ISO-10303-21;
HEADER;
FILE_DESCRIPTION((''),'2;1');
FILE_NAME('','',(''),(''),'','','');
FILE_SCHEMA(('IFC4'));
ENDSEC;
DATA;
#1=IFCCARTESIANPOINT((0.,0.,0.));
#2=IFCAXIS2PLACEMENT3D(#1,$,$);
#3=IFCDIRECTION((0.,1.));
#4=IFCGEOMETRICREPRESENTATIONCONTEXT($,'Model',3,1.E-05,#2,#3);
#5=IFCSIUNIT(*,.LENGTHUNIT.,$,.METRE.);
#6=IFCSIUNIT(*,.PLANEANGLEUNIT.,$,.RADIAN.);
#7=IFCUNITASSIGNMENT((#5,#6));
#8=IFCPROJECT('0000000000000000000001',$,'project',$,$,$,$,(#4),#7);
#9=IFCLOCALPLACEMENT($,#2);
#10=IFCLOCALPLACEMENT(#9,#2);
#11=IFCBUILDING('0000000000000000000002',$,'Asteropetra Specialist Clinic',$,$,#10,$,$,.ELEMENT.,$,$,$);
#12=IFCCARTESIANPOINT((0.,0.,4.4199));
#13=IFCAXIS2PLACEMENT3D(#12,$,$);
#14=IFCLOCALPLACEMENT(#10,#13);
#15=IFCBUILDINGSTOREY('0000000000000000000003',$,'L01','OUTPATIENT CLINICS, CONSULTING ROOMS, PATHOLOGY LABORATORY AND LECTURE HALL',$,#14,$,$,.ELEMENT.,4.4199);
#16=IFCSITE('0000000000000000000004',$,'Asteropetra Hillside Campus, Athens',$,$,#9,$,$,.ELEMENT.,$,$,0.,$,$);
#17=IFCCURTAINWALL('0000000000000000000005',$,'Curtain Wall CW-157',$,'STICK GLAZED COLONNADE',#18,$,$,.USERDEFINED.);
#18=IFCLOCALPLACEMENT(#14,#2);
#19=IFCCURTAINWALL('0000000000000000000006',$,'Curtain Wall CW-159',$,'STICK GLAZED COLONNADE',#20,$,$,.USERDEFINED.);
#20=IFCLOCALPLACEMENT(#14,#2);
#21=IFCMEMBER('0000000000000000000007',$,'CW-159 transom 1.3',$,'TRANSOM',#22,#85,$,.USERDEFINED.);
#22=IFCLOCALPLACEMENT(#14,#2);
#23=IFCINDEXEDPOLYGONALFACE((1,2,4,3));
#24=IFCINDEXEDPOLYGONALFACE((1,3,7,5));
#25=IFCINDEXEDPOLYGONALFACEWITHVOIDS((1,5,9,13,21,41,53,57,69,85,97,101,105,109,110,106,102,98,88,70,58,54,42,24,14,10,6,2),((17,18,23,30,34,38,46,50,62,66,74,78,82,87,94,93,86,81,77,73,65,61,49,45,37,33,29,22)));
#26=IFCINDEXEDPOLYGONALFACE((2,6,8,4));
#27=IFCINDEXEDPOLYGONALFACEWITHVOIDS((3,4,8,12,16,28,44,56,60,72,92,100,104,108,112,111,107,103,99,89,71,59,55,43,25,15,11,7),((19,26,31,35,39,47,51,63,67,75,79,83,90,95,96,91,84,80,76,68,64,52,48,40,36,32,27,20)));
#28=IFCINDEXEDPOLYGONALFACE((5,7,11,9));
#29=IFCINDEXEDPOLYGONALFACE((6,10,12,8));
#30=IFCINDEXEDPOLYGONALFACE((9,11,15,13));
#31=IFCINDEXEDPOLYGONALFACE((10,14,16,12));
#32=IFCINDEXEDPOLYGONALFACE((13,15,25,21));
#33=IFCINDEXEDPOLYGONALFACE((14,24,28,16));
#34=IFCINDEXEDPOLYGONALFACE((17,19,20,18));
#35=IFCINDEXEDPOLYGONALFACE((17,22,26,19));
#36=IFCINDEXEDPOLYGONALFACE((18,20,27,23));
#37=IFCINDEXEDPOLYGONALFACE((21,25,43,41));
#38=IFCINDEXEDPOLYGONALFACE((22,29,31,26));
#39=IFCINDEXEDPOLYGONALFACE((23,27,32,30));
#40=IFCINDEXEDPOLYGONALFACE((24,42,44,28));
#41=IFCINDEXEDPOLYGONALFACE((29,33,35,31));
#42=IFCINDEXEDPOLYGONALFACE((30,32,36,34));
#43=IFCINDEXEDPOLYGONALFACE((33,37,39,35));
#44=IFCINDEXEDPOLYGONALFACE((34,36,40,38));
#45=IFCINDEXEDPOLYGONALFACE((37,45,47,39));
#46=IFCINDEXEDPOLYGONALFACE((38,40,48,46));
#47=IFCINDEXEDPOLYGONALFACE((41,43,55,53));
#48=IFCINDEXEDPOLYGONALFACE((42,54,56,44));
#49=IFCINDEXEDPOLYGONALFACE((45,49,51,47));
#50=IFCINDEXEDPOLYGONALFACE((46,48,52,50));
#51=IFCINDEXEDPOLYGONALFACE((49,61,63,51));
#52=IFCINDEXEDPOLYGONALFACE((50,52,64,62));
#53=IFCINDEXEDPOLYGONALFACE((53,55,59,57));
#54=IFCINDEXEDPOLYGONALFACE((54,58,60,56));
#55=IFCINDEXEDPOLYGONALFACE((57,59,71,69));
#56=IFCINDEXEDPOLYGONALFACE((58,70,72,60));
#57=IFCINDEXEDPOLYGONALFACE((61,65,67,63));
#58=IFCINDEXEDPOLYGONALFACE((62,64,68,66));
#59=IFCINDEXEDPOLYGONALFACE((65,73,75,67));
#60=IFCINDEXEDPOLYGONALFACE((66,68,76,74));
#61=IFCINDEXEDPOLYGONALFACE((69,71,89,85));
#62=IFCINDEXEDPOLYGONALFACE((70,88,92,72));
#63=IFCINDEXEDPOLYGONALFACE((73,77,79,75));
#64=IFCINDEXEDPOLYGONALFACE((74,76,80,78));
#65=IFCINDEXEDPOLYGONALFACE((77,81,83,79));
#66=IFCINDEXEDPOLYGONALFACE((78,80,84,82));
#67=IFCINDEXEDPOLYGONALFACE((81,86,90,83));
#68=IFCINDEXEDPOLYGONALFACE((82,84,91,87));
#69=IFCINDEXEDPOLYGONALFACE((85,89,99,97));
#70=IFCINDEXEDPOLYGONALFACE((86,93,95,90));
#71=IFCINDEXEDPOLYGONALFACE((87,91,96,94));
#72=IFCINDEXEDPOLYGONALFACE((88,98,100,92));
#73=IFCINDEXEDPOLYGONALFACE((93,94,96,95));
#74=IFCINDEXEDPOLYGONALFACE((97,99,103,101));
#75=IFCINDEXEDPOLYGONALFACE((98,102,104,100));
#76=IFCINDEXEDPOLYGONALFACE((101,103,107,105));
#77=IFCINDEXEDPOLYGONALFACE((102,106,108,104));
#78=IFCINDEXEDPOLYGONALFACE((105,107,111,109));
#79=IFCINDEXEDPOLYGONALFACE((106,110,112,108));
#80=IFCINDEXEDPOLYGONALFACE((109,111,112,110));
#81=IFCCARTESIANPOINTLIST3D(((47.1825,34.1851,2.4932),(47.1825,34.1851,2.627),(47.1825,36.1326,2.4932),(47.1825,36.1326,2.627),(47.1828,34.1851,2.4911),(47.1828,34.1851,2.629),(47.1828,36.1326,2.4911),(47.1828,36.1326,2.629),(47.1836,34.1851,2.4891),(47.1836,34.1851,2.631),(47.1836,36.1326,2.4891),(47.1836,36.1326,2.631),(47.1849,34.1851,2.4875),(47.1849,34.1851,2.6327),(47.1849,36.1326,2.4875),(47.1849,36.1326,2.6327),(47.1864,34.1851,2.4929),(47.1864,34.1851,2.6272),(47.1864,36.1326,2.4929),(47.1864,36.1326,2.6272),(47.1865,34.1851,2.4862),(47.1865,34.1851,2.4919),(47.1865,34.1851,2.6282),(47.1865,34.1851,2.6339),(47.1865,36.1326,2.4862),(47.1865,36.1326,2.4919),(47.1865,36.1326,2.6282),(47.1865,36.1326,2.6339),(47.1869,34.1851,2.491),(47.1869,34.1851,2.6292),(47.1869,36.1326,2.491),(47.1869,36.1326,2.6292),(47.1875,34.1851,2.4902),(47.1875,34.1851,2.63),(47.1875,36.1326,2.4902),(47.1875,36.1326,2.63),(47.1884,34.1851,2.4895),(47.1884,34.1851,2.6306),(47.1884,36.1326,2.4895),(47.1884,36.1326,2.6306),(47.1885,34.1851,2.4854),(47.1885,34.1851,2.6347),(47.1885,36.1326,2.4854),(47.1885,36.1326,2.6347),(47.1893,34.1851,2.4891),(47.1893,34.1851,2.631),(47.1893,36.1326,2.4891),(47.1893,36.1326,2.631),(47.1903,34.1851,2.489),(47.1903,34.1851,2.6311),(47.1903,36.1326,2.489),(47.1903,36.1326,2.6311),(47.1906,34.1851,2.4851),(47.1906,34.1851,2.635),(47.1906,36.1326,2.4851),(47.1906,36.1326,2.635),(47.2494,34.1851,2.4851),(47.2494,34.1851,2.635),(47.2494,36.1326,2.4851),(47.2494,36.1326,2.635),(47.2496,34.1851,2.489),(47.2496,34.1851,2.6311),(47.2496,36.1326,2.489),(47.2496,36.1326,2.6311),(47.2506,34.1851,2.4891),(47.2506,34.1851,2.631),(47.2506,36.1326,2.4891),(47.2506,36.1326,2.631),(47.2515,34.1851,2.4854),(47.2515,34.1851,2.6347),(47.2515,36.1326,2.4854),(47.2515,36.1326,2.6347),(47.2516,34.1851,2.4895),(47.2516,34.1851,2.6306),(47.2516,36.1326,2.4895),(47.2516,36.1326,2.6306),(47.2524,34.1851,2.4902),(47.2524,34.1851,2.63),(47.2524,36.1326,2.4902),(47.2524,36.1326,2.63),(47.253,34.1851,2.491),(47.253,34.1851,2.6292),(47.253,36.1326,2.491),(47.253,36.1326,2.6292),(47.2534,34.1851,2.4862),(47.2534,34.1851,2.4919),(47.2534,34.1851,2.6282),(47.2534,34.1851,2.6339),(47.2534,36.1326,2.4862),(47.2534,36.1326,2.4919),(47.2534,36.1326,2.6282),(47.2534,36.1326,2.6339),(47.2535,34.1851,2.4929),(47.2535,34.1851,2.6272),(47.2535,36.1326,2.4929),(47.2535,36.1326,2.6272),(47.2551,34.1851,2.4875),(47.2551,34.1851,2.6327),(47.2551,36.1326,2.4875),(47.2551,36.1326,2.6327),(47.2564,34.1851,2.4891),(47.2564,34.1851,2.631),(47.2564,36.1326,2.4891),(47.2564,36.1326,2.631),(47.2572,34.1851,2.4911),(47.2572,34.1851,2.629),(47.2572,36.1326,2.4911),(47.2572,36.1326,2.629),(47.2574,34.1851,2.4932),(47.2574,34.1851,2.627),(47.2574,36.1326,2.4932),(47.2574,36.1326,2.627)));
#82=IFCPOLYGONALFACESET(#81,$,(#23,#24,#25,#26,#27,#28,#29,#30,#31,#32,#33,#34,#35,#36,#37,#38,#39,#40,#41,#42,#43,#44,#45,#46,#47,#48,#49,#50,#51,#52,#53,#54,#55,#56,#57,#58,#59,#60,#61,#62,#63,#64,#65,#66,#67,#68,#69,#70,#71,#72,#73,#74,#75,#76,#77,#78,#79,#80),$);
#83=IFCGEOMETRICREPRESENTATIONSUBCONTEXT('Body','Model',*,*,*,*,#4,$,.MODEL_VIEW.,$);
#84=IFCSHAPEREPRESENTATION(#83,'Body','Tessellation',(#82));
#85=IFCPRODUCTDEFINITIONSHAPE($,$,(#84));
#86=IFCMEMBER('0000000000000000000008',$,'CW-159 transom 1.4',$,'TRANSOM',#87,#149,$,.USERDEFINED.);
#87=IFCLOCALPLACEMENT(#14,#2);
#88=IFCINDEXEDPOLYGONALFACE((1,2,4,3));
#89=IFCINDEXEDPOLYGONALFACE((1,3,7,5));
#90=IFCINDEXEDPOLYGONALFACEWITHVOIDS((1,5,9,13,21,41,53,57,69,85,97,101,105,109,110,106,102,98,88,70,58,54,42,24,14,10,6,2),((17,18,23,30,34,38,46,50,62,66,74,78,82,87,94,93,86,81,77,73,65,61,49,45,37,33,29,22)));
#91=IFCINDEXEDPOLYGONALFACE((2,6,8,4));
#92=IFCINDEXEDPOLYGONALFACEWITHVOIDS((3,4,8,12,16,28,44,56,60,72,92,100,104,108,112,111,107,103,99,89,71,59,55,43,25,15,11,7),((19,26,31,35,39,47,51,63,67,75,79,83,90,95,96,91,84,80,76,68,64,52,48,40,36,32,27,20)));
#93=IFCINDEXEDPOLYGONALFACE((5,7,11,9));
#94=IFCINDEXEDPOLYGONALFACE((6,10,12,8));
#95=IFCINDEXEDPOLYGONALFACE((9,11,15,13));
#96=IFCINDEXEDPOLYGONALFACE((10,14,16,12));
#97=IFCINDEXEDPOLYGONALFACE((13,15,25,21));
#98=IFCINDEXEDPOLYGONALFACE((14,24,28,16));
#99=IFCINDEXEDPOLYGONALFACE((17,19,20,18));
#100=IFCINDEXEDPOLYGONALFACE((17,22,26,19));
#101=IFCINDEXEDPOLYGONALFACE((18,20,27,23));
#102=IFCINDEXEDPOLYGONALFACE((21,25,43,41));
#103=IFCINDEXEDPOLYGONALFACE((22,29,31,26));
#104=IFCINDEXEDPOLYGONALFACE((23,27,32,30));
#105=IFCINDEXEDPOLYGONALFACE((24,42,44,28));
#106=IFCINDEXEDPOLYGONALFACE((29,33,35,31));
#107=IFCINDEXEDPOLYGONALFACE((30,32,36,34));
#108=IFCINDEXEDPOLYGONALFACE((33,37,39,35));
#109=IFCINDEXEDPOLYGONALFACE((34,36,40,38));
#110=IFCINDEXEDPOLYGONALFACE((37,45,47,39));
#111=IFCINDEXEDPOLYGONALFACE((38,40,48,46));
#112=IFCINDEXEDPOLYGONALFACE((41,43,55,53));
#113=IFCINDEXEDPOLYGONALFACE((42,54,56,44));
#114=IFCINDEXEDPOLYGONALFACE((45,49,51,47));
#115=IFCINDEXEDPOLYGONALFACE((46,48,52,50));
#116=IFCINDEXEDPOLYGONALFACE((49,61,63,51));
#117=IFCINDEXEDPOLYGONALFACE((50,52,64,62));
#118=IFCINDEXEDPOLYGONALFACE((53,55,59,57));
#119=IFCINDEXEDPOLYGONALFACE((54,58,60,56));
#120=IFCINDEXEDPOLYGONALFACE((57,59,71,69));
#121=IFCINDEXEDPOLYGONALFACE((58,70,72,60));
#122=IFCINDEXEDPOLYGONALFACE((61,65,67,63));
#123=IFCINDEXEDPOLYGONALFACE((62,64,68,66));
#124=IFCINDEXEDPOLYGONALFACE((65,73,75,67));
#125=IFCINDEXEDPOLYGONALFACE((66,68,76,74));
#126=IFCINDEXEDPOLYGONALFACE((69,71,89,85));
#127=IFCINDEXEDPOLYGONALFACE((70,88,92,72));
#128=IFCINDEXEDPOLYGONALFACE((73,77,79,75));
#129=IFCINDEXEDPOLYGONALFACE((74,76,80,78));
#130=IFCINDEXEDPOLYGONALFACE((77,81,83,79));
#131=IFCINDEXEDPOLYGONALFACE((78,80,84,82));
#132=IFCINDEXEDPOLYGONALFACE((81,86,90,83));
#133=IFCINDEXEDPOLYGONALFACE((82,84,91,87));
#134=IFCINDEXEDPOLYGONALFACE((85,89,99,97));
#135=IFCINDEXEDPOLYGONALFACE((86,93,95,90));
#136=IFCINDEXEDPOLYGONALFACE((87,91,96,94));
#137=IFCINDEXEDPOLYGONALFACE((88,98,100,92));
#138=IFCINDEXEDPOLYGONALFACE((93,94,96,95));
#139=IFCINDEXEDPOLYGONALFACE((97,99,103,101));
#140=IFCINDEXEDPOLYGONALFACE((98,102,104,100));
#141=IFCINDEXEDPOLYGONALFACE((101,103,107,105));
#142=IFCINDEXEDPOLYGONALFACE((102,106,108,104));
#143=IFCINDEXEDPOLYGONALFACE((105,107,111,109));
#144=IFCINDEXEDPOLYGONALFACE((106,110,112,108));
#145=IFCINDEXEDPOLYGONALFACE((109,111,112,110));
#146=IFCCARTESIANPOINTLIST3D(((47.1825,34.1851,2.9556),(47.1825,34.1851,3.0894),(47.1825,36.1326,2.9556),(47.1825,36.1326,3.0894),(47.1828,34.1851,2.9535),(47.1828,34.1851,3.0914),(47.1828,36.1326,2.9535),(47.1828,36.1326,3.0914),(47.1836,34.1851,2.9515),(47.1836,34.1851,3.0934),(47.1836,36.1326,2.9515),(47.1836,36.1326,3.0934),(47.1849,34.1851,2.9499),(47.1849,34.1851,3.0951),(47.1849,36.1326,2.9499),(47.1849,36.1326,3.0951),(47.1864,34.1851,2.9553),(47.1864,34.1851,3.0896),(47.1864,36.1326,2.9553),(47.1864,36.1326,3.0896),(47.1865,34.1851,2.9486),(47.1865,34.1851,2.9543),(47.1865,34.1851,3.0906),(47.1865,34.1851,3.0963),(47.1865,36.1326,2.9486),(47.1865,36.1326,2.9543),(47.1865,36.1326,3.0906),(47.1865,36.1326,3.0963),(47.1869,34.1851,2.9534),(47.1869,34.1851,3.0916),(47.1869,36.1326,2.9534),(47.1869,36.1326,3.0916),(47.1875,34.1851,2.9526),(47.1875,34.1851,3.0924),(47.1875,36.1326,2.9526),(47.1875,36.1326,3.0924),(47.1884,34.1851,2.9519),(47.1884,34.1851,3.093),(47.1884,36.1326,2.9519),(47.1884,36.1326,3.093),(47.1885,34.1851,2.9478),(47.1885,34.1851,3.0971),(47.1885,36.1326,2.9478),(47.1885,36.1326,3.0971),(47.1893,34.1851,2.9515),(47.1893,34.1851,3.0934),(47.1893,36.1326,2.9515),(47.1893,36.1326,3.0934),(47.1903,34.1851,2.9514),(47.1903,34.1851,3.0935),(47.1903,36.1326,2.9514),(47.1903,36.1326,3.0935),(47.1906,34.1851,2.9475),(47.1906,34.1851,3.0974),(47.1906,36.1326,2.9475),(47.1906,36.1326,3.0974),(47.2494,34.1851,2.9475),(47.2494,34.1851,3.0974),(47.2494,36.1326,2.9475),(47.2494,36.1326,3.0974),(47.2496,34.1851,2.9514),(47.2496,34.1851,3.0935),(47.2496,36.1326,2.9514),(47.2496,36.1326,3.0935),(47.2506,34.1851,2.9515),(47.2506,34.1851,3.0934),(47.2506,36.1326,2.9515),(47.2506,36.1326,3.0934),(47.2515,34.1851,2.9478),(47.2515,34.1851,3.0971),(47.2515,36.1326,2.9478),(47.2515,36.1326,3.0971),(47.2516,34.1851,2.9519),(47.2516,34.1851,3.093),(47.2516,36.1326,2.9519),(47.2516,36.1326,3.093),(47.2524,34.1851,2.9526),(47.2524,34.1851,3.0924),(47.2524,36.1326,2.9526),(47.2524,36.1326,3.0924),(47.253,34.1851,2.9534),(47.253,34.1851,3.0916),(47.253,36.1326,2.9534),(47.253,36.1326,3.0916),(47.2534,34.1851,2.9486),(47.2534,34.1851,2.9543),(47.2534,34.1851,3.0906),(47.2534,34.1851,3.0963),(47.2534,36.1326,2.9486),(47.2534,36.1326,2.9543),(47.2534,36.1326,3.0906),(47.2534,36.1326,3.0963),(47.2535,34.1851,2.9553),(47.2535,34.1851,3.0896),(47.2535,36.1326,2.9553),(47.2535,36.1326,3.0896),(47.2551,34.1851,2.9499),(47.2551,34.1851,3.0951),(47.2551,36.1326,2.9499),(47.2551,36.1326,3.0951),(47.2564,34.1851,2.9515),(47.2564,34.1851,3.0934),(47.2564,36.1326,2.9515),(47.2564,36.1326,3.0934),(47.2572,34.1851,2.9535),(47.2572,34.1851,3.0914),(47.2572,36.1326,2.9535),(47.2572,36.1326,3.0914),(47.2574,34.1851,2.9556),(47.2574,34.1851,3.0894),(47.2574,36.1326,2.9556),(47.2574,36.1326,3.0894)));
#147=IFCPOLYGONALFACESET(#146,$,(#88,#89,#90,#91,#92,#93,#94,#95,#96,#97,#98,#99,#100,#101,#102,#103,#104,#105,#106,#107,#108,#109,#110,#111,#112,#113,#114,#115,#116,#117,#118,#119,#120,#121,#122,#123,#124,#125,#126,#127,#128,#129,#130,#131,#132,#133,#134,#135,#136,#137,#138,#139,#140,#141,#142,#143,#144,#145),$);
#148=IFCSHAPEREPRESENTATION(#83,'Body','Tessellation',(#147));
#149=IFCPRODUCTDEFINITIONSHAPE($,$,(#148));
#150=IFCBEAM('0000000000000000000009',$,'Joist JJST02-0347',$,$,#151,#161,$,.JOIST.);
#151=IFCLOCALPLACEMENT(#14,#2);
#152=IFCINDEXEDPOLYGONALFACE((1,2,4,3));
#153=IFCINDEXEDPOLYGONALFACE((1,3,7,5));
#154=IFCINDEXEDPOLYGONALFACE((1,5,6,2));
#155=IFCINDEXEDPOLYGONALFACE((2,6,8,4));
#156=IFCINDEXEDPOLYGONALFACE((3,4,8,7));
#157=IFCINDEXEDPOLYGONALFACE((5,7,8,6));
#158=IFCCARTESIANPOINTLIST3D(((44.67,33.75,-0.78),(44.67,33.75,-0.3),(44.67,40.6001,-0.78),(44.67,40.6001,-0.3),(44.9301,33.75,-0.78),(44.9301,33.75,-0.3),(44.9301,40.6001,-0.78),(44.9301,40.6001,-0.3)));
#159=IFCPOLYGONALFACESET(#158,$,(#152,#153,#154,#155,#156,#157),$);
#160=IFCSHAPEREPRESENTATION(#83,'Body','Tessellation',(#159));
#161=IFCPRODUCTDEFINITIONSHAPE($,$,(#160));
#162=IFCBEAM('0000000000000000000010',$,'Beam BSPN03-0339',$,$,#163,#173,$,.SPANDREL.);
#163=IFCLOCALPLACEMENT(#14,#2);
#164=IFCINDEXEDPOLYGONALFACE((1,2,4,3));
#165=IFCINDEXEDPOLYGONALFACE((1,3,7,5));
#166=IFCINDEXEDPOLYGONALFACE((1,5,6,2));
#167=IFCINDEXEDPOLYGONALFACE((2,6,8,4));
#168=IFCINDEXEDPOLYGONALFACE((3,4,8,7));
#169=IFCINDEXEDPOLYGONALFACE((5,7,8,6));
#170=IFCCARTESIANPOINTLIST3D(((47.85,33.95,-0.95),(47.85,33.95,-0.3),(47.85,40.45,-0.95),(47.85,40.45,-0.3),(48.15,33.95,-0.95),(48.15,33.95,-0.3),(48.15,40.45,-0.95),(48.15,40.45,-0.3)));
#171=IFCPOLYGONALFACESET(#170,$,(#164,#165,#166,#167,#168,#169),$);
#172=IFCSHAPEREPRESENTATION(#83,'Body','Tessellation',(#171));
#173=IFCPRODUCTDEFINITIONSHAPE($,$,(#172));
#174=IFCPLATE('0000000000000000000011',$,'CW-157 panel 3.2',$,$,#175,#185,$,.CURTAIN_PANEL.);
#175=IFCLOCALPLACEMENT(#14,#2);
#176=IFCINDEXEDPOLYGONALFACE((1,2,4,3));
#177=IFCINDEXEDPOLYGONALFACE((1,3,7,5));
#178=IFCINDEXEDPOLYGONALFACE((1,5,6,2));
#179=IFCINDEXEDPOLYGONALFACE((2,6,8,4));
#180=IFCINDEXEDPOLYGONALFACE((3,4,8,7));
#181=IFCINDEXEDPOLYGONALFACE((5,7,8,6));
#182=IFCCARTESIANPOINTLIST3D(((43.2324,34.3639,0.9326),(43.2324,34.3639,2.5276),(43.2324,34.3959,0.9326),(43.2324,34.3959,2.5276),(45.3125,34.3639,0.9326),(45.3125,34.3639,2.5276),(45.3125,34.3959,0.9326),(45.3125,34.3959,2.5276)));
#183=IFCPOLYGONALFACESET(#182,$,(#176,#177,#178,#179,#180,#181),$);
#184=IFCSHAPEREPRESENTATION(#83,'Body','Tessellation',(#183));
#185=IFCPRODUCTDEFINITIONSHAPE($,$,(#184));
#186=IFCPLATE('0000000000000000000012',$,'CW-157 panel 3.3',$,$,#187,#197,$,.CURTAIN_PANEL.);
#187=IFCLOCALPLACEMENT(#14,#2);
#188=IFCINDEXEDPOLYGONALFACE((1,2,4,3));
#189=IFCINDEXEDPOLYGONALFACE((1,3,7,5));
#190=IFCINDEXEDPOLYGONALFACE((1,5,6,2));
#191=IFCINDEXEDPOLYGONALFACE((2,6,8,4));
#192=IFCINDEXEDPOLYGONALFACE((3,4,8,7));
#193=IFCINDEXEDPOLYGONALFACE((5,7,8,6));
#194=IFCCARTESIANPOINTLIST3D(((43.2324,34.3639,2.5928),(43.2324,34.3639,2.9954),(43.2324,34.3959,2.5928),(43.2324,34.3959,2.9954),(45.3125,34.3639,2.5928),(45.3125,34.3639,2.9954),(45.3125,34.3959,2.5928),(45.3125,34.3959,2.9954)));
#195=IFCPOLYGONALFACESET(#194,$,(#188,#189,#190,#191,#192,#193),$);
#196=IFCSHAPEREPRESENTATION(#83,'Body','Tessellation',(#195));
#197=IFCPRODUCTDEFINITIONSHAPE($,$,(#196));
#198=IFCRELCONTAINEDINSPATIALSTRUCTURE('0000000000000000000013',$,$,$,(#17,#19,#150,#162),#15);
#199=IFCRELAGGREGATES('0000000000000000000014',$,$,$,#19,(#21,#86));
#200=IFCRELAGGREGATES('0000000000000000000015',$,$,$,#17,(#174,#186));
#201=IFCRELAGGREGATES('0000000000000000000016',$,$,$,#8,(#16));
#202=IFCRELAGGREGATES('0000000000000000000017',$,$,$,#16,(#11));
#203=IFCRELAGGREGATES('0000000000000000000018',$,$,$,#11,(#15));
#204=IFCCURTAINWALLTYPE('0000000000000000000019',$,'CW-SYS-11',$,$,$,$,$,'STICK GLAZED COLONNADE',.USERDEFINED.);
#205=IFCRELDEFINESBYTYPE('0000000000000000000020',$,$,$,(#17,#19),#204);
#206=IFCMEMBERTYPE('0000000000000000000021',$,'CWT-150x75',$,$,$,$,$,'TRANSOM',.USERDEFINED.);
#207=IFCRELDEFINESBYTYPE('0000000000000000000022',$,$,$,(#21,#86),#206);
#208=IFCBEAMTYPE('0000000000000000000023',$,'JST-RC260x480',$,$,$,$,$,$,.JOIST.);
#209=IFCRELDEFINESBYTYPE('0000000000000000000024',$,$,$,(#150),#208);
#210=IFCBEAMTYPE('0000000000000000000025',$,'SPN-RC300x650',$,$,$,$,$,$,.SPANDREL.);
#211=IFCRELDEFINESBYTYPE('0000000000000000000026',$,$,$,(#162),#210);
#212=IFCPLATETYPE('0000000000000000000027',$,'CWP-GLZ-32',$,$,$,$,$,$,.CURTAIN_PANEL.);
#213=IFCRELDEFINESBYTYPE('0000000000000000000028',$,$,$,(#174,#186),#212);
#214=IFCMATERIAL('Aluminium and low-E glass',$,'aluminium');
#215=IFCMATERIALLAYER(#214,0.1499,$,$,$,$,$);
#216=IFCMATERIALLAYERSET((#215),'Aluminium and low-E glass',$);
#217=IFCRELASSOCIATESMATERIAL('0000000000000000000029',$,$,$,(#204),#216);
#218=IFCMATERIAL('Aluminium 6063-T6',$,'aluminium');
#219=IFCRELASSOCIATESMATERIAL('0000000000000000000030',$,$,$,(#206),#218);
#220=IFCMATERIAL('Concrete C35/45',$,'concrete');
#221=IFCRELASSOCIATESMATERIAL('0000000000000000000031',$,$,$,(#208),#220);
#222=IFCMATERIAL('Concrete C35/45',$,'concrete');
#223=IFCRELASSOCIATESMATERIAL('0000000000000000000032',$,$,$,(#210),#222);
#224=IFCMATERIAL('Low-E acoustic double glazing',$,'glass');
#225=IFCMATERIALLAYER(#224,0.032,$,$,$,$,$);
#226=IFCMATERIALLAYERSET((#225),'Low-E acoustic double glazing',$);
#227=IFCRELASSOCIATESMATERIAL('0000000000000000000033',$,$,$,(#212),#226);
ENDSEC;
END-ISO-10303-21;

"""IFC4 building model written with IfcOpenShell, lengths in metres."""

from ifc_helpers import new_model, si_unit, direction, frame, origin, origin_2d, place, context, subcontext, project, spatial, rectangle, hollow_rectangle, extrude, material, layer, layer_set, material_profile, profile_set, type_object, element, aggregate, save


model = new_model("IFC4")

# Units and contexts
model_context = context("Model", 3, precision=1e-05, world=origin(), true_north=direction((0.0, 1.0)))
body_context = subcontext(model_context, "Body", "Model", "MODEL_VIEW")
ifc_project = project(units=[si_unit("LENGTHUNIT", "METRE"), si_unit("PLANEANGLEUNIT", "RADIAN")], contexts=[model_context])

# Site, building, storey
site_placement = place(None, origin())
site = spatial("IfcSite", under=ifc_project, at=site_placement, Name="Asteropetra Hillside Campus, Athens", CompositionType="ELEMENT", RefElevation=0.0)
building_placement = place(site_placement, origin())
building = spatial("IfcBuilding", under=site, at=building_placement, Name="Asteropetra Specialist Clinic", CompositionType="ELEMENT")
storey_placement = place(building_placement, frame((0.0, 0.0, 4.4199)))
storey = spatial("IfcBuildingStorey", under=building, at=storey_placement, Name="L01", Description="OUTPATIENT CLINICS, CONSULTING ROOMS, PATHOLOGY LABORATORY AND LECTURE HALL", CompositionType="ELEMENT", Elevation=4.4199)

# Curtain walls
ifc_material_1 = material(Name="Aluminium and low-E glass", Category="aluminium")
ifc_layer_1 = layer(ifc_material_1, 0.1499)
ifc_layer_set_1 = layer_set([ifc_layer_1], Name="Aluminium and low-E glass")
curtain_wall_type = type_object("IfcCurtainWallType", Name="CW-SYS-11", ElementType="STICK GLAZED COLONNADE", PredefinedType="USERDEFINED", material=ifc_layer_set_1)
curtain_wall_1_placement = place(storey_placement, origin())
curtain_wall_1 = element("IfcCurtainWall", 1, at=curtain_wall_1_placement, inside=storey, type_object=curtain_wall_type, Name="Curtain Wall CW-157", ObjectType="STICK GLAZED COLONNADE", PredefinedType="USERDEFINED")
curtain_wall_2_placement = place(storey_placement, origin())
curtain_wall_2 = element("IfcCurtainWall", 2, at=curtain_wall_2_placement, inside=storey, type_object=curtain_wall_type, Name="Curtain Wall CW-159", ObjectType="STICK GLAZED COLONNADE", PredefinedType="USERDEFINED")

# Members
ifc_material_2 = material(Name="Aluminium 6063-T6", Category="aluminium")
ifc_material_profile_1 = material_profile(ifc_material_2, hollow_rectangle(XDim=0.075, YDim=0.1499, WallThickness=0.0039, InnerFilletRadius=0.0039, OuterFilletRadius=0.0081, at=origin_2d()), Name="TRN 150x75x4.0")
ifc_profile_set_1 = profile_set([ifc_material_profile_1], Name="Aluminium 6063-T6")
member_type_1 = type_object("IfcMemberType", Name="CWT-150x75", ElementType="TRANSOM", PredefinedType="USERDEFINED", material=ifc_profile_set_1)
member_1_placement = place(storey_placement, frame((47.22, 34.1851, 2.5601), z_axis=(0.0, 1.0, 0.0), x_axis=(-1.0, 0.0, 0.0)))
member_1 = element("IfcMember", 3, at=member_1_placement, type_object=member_type_1, Name="CW-159 transom 1.3", ObjectType="TRANSOM", PredefinedType="USERDEFINED", context=body_context, shape_type="SweptSolid", body=[
    extrude(hollow_rectangle(XDim=0.075, YDim=0.1499, WallThickness=0.0039, InnerFilletRadius=0.0039, OuterFilletRadius=0.0081, at=origin_2d()), origin(), (0.0, 0.0, 1.0), 1.9475),
])
member_2_placement = place(storey_placement, frame((47.22, 34.1851, 3.0225), z_axis=(0.0, 1.0, 0.0), x_axis=(-1.0, 0.0, 0.0)))
member_2 = element("IfcMember", 4, at=member_2_placement, type_object=member_type_1, Name="CW-159 transom 1.4", ObjectType="TRANSOM", PredefinedType="USERDEFINED", context=body_context, shape_type="SweptSolid", body=[
    extrude(hollow_rectangle(XDim=0.075, YDim=0.1499, WallThickness=0.0039, InnerFilletRadius=0.0039, OuterFilletRadius=0.0081, at=origin_2d()), origin(), (0.0, 0.0, 1.0), 1.9475),
])
aggregate(curtain_wall_2, [member_1, member_2])

# Beams
ifc_material_3 = material(Name="Concrete C35/45", Category="concrete")
ifc_material_profile_2 = material_profile(ifc_material_3, rectangle(XDim=0.26, YDim=0.48, at=origin_2d()), Name="RCJ 260x480")
ifc_profile_set_2 = profile_set([ifc_material_profile_2], Name="Concrete C35/45")
beam_type_1 = type_object("IfcBeamType", Name="JST-RC260x480", PredefinedType="JOIST", material=ifc_profile_set_2)
beam_1_placement = place(storey_placement, frame((44.8, 33.75, -0.54), z_axis=(0.0, 1.0, 0.0), x_axis=(-1.0, 0.0, 0.0)))
element("IfcBeam", 5, at=beam_1_placement, inside=storey, type_object=beam_type_1, Name="Joist JJST02-0347", PredefinedType="JOIST", context=body_context, shape_type="SweptSolid", body=[
    extrude(rectangle(XDim=0.26, YDim=0.48, at=origin_2d()), origin(), (0.0, 0.0, 1.0), 6.8501),
])
ifc_material_4 = material(Name="Concrete C35/45", Category="concrete")
ifc_material_profile_3 = material_profile(ifc_material_4, rectangle(XDim=0.3, YDim=0.6499, at=origin_2d()), Name="RCS 300x650")
ifc_profile_set_3 = profile_set([ifc_material_profile_3], Name="Concrete C35/45")
beam_type_2 = type_object("IfcBeamType", Name="SPN-RC300x650", PredefinedType="SPANDREL", material=ifc_profile_set_3)
beam_2_placement = place(storey_placement, frame((48.0, 33.95, -0.625), z_axis=(0.0, 1.0, 0.0), x_axis=(-1.0, 0.0, 0.0)))
element("IfcBeam", 6, at=beam_2_placement, inside=storey, type_object=beam_type_2, Name="Beam BSPN03-0339", PredefinedType="SPANDREL", context=body_context, shape_type="SweptSolid", body=[
    extrude(rectangle(XDim=0.3, YDim=0.6499, at=origin_2d()), origin(), (0.0, 0.0, 1.0), 6.5),
])

# Plates
ifc_material_5 = material(Name="Low-E acoustic double glazing", Category="glass")
ifc_layer_2 = layer(ifc_material_5, 0.032)
ifc_layer_set_2 = layer_set([ifc_layer_2], Name="Low-E acoustic double glazing")
plate_type = type_object("IfcPlateType", Name="CWP-GLZ-32", PredefinedType="CURTAIN_PANEL", material=ifc_layer_set_2)
plate_1_placement = place(storey_placement, frame((44.2725, 34.3799, 0.9326), z_axis=(0.0, 0.0, 1.0), x_axis=(1.0, 0.0, 0.0)))
plate_1 = element("IfcPlate", 7, at=plate_1_placement, type_object=plate_type, Name="CW-157 panel 3.2", PredefinedType="CURTAIN_PANEL", context=body_context, shape_type="SweptSolid", body=[
    extrude(rectangle(XDim=2.0801, YDim=0.032, at=origin_2d()), origin(), (0.0, 0.0, 1.0), 1.595),
])
plate_2_placement = place(storey_placement, frame((44.2725, 34.3799, 2.5928), z_axis=(0.0, 0.0, 1.0), x_axis=(1.0, 0.0, 0.0)))
plate_2 = element("IfcPlate", 8, at=plate_2_placement, type_object=plate_type, Name="CW-157 panel 3.3", PredefinedType="CURTAIN_PANEL", context=body_context, shape_type="SweptSolid", body=[
    extrude(rectangle(XDim=2.0801, YDim=0.032, at=origin_2d()), origin(), (0.0, 0.0, 1.0), 0.4026),
])
aggregate(curtain_wall_1, [plate_1, plate_2])

save(model, "model.ifc")
